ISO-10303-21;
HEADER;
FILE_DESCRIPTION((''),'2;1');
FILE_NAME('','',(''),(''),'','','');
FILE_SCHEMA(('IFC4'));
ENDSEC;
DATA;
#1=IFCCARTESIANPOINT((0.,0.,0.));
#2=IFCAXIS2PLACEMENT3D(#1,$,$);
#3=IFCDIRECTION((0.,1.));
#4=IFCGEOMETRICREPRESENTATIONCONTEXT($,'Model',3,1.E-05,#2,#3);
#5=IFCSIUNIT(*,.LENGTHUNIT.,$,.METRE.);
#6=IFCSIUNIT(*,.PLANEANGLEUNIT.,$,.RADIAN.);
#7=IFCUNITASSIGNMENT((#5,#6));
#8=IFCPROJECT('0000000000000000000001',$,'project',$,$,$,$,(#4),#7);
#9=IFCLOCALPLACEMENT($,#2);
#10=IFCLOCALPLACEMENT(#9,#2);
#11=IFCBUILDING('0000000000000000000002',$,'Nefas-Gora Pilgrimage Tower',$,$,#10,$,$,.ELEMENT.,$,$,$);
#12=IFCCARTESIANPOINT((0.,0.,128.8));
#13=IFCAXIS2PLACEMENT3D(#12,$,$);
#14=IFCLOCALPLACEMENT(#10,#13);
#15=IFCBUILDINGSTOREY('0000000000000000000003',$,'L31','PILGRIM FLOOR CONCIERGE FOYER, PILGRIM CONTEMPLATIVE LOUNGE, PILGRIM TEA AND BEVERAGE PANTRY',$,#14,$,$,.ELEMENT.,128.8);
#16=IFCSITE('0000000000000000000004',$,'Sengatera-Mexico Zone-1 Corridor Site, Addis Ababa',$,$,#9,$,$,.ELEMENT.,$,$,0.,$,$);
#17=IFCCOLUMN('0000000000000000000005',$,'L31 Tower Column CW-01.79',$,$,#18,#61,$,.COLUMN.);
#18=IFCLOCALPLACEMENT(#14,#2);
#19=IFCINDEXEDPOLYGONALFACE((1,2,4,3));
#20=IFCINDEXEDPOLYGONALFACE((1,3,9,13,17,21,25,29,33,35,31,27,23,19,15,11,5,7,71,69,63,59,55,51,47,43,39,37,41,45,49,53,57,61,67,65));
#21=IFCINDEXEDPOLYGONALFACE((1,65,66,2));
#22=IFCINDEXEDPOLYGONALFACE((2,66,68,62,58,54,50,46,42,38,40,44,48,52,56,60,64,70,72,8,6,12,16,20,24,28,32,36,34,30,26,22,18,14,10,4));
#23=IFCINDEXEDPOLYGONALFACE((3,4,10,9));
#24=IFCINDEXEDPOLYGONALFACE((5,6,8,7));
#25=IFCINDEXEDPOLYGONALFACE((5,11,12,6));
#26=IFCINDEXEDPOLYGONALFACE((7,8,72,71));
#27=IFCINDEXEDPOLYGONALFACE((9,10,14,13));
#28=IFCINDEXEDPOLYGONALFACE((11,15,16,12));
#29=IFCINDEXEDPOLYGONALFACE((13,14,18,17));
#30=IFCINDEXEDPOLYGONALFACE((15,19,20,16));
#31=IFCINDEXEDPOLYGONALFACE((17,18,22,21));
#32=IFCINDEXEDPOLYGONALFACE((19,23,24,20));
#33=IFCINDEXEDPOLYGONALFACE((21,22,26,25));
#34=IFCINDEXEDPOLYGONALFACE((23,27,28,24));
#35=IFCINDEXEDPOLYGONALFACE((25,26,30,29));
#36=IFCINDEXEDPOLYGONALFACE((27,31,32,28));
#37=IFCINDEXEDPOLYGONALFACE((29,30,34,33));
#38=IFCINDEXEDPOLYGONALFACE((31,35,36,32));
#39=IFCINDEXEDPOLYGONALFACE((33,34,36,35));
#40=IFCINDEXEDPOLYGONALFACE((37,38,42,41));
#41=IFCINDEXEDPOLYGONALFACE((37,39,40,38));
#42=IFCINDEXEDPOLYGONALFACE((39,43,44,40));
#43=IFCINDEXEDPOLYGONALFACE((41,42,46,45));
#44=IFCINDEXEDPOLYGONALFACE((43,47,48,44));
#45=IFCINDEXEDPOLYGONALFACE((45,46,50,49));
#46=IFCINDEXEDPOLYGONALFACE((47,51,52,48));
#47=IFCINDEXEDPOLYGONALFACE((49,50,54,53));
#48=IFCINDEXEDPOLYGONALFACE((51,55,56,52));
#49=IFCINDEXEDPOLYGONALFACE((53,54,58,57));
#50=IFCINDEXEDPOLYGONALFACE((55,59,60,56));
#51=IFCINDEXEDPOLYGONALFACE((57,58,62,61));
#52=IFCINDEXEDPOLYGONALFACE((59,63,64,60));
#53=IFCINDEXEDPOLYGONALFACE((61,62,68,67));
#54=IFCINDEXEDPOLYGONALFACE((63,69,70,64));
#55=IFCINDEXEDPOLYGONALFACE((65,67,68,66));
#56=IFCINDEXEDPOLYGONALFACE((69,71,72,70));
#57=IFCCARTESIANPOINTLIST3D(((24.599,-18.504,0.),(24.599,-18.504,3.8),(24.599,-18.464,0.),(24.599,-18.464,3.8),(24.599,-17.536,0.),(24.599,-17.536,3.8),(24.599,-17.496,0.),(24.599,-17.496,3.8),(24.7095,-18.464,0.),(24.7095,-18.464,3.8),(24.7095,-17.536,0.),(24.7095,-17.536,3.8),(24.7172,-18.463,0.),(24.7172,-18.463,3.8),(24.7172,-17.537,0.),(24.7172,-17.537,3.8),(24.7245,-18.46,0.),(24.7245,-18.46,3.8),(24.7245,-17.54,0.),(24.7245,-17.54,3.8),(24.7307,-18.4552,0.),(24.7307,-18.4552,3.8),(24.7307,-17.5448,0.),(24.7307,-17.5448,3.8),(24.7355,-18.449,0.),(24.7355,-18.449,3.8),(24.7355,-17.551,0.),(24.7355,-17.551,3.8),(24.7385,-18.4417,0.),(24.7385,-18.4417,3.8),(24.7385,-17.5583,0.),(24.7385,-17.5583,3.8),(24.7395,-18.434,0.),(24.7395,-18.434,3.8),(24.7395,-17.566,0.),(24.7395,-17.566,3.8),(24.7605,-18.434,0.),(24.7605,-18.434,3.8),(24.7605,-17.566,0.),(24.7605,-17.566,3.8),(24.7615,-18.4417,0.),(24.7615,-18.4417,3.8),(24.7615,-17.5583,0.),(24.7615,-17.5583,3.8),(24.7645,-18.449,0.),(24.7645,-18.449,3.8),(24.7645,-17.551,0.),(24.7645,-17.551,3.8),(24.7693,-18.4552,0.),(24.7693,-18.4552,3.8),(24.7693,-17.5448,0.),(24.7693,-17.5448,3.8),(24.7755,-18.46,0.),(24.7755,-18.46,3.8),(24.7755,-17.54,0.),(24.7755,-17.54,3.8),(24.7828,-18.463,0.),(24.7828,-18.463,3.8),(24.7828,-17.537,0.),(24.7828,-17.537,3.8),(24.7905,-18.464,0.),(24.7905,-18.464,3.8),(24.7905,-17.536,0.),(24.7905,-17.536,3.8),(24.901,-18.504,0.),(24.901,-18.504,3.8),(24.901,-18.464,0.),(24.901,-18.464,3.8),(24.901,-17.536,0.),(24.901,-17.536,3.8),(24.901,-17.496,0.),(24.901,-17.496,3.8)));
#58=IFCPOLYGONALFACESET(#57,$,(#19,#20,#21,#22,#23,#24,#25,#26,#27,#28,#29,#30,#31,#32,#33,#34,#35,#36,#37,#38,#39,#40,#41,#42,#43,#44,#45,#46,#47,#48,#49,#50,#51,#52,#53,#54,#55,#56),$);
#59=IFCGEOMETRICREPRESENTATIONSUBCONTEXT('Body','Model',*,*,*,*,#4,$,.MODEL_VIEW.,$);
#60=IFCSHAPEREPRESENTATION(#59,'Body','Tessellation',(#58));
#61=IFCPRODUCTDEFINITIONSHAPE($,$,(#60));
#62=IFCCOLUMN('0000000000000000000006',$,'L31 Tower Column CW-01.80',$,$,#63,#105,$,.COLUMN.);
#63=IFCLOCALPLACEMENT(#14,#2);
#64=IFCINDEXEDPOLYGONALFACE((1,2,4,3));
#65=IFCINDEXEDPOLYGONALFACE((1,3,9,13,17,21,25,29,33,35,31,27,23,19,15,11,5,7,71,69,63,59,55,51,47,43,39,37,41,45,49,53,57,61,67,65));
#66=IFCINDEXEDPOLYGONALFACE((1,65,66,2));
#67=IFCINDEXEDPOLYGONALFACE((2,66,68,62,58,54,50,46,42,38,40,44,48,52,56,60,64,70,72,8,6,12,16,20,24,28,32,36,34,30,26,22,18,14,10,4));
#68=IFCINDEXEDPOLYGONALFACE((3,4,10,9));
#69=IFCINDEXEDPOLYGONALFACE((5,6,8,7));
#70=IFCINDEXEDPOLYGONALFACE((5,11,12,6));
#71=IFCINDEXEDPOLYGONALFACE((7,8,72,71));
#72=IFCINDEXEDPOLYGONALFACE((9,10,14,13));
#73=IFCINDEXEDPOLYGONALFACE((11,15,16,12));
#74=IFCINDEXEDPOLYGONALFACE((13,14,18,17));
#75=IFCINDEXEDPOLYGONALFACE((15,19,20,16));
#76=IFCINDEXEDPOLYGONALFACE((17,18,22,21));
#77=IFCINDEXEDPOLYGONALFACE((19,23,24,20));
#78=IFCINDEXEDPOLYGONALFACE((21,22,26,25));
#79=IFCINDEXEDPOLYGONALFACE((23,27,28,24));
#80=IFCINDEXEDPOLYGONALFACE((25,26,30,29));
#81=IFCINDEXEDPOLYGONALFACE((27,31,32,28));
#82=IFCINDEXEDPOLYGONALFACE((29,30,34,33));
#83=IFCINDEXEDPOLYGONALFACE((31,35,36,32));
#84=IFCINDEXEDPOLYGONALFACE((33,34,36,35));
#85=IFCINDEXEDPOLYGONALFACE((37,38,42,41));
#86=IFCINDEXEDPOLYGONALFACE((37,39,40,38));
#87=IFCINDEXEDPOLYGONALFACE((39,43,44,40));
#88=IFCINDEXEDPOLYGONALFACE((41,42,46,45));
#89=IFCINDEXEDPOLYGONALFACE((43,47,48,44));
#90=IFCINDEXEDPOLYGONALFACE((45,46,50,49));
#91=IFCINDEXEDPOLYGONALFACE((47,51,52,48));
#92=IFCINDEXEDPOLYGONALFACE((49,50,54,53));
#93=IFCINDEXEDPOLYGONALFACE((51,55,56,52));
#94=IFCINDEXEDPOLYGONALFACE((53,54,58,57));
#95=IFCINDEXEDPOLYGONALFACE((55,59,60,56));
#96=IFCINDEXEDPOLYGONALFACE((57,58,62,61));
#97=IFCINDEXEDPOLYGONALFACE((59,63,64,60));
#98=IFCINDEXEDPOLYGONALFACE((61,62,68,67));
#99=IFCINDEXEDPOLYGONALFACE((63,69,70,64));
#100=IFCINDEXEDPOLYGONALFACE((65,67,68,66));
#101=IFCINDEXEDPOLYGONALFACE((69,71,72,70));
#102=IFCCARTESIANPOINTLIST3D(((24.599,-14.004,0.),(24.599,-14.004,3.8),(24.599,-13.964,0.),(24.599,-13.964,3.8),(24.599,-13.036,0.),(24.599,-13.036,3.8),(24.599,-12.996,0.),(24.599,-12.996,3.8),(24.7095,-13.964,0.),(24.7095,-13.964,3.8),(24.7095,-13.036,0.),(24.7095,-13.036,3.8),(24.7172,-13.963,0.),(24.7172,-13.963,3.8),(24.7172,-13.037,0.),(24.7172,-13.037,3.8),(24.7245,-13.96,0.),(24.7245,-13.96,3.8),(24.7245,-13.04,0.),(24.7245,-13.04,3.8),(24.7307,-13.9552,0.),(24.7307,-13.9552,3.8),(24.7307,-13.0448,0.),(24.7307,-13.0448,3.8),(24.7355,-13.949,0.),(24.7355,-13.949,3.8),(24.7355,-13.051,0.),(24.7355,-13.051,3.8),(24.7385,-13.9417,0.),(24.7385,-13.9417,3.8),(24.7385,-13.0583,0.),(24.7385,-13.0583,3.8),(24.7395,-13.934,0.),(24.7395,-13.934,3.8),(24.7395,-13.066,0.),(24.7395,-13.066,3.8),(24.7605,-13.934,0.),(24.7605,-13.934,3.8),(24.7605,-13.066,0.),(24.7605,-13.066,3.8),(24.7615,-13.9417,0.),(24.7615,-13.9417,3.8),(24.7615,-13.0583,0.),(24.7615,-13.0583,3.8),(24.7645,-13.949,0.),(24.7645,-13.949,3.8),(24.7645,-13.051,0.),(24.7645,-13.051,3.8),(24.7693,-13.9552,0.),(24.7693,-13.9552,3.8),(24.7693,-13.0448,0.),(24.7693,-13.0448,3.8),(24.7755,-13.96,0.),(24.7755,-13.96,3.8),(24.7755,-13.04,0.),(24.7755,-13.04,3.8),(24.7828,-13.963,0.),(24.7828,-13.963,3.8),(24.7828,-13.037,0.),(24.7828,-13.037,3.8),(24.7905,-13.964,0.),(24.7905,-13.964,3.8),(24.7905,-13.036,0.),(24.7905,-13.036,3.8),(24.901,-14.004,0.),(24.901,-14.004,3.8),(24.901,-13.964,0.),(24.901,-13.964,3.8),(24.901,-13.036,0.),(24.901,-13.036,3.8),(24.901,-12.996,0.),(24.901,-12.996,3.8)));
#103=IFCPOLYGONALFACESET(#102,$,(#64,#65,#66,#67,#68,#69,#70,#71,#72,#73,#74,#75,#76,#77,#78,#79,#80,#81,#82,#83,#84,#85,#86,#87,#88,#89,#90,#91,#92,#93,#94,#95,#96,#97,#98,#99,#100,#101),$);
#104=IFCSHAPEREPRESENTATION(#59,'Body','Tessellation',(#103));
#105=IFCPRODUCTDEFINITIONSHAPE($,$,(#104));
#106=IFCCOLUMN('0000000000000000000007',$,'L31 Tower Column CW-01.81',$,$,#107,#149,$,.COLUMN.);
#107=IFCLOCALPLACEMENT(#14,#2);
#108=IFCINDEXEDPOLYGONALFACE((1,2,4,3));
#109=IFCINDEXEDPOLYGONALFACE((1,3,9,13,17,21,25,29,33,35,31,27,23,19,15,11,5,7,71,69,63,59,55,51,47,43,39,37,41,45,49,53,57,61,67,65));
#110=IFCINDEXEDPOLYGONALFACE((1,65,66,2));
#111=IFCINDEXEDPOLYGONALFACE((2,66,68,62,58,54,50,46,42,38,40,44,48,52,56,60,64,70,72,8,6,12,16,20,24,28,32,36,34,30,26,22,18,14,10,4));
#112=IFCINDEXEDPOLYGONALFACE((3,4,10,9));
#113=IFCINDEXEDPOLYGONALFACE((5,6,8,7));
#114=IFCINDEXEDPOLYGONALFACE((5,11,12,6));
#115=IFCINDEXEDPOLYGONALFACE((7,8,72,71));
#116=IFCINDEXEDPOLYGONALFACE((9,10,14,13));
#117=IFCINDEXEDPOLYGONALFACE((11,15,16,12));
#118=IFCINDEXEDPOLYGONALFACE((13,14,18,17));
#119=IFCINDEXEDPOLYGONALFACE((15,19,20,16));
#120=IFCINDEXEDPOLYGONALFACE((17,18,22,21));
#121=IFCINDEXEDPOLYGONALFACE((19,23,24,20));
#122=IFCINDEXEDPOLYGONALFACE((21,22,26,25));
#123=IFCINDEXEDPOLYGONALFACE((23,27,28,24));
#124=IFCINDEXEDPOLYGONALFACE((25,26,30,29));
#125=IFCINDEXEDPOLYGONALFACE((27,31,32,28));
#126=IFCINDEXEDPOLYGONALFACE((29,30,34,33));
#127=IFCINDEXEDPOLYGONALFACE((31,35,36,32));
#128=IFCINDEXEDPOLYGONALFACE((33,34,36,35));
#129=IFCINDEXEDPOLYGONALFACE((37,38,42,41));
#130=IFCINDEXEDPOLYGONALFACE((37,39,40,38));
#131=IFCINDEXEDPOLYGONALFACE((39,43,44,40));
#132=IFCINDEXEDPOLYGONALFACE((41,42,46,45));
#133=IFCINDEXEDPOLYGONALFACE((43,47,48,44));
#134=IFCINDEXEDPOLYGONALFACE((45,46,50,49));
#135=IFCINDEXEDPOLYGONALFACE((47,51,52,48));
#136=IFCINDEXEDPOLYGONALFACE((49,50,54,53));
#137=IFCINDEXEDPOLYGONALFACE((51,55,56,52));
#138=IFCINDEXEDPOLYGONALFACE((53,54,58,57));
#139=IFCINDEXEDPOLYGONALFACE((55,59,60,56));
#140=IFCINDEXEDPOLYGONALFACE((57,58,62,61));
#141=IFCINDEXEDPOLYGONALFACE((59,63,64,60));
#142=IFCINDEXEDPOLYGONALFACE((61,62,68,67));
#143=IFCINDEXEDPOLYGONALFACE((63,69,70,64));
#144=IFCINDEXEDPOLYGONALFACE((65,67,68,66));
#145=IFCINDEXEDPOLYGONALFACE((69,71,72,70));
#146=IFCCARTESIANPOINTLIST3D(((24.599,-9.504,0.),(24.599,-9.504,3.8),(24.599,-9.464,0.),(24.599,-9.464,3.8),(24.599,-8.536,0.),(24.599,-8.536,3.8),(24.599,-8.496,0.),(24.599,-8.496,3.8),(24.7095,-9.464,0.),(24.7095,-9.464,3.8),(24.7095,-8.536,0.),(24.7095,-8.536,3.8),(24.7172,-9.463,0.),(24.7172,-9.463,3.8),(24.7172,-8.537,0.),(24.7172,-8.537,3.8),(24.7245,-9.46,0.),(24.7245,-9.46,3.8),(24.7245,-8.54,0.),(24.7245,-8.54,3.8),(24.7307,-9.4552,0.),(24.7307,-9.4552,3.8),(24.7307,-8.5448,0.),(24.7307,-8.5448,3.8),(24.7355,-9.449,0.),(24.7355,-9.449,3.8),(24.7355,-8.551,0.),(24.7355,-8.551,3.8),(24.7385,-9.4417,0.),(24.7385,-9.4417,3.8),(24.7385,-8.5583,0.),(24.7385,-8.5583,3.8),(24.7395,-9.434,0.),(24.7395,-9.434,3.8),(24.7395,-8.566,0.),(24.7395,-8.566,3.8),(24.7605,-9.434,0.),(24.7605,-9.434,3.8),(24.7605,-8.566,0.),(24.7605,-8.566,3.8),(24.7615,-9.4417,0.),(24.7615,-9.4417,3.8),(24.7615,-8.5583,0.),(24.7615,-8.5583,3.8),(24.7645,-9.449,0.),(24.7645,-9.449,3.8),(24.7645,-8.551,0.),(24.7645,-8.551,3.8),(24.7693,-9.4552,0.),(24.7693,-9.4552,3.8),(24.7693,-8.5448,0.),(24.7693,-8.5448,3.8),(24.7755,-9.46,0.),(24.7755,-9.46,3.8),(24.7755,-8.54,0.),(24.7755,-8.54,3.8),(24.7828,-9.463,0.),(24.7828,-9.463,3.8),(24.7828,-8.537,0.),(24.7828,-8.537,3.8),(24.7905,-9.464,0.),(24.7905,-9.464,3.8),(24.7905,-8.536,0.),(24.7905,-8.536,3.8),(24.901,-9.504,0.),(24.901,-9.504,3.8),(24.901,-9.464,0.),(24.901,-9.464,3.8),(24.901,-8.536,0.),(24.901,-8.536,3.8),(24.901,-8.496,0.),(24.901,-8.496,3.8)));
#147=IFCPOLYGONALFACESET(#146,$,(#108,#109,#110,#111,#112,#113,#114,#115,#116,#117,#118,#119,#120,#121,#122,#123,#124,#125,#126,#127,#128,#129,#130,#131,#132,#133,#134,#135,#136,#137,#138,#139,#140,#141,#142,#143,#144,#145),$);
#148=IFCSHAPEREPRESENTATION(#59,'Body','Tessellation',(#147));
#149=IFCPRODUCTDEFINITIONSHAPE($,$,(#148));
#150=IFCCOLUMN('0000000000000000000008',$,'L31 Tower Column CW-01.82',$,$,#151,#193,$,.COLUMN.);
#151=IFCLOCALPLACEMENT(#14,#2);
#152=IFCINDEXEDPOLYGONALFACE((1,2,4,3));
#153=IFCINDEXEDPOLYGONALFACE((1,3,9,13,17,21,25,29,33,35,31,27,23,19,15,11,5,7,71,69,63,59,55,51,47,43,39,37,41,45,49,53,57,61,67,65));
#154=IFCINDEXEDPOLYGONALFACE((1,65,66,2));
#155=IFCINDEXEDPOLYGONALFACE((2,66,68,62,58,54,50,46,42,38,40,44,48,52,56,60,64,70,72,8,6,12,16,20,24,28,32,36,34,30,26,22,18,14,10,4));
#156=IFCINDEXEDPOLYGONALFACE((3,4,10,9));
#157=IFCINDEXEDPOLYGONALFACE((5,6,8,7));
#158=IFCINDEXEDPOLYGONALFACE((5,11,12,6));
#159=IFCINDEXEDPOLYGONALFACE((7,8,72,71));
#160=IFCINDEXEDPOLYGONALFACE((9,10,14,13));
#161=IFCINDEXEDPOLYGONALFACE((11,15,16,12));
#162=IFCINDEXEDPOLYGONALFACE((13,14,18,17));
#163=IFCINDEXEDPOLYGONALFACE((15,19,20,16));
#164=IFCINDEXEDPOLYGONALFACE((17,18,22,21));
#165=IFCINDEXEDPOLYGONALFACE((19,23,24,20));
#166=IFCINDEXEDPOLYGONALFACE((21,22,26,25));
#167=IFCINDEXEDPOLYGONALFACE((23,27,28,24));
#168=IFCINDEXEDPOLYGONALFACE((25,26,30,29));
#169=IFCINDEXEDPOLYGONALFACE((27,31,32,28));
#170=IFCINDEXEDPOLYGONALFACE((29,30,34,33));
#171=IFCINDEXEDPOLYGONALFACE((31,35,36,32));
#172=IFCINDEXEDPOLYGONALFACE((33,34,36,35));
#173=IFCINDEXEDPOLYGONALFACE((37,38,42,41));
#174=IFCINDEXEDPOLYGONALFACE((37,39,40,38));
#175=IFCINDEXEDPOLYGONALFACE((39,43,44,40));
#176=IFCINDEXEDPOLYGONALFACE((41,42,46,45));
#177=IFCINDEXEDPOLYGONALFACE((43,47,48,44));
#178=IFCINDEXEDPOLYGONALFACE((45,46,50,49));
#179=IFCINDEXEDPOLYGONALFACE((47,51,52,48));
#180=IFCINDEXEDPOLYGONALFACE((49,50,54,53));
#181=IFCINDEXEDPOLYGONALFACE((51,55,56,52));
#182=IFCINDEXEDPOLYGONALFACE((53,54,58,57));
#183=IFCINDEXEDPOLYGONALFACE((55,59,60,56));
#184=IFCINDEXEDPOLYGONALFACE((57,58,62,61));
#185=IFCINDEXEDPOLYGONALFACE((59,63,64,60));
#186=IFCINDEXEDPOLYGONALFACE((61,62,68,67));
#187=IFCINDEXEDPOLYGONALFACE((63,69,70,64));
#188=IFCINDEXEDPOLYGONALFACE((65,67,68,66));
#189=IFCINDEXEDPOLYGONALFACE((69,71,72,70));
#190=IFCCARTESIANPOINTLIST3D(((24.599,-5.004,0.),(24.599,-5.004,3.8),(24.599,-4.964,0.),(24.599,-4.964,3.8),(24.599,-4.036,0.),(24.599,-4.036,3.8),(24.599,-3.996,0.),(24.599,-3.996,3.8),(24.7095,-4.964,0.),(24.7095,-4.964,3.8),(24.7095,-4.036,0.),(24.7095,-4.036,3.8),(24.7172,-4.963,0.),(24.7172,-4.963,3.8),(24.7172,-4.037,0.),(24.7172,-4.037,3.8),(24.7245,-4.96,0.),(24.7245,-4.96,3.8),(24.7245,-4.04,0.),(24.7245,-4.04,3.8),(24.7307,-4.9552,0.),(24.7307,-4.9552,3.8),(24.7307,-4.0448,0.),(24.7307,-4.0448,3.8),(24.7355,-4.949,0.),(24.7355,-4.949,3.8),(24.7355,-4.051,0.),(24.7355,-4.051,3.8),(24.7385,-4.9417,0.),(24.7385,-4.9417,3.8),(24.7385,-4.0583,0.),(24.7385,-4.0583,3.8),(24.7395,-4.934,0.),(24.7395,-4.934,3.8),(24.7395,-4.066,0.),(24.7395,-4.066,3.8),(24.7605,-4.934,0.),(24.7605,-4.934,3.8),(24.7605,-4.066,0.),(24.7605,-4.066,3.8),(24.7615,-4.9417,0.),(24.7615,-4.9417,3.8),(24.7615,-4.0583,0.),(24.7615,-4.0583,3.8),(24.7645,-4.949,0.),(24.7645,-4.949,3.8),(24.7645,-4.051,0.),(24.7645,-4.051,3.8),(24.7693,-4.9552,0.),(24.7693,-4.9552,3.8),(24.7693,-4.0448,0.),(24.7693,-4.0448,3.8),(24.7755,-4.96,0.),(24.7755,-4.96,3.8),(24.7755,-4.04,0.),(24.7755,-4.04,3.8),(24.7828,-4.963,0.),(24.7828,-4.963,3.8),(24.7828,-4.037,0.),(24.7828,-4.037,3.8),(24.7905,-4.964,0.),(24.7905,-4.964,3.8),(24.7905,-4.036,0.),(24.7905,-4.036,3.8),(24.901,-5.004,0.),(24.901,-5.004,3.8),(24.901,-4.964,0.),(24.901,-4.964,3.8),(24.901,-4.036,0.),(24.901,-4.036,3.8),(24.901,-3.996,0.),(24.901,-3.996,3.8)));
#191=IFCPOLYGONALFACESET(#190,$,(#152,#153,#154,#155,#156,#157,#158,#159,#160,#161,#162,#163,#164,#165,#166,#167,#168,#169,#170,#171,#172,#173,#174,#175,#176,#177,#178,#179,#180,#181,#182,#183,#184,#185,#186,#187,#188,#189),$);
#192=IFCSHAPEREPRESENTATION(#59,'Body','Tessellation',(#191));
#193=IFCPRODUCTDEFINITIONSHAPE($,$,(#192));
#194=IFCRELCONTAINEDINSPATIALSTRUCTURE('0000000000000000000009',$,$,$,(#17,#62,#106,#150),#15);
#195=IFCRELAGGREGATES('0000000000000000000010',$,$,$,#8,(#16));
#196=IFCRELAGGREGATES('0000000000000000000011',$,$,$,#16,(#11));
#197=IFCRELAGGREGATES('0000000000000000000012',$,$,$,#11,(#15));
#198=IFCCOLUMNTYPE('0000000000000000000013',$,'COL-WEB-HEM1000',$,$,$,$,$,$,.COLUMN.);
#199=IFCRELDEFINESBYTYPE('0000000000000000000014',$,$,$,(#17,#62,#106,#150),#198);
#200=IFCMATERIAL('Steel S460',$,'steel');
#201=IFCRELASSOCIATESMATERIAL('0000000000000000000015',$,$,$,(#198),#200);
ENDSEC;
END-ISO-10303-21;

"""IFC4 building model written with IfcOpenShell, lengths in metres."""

from ifc_helpers import new_model, si_unit, direction, frame, origin, origin_2d, place, context, subcontext, project, spatial, i_section, extrude, source, transform, mapped, material, material_profile, profile_set, type_object, element, save


model = new_model("IFC4")

# Units and contexts
model_context = context("Model", 3, precision=1e-05, world=origin(), true_north=direction((0.0, 1.0)))
body_context = subcontext(model_context, "Body", "Model", "MODEL_VIEW")
ifc_project = project(units=[si_unit("LENGTHUNIT", "METRE"), si_unit("PLANEANGLEUNIT", "RADIAN")], contexts=[model_context])

# Site, building, storey
site_placement = place(None, origin())
site = spatial("IfcSite", under=ifc_project, at=site_placement, Name="Sengatera-Mexico Zone-1 Corridor Site, Addis Ababa", CompositionType="ELEMENT", RefElevation=0.0)
building_placement = place(site_placement, origin())
building = spatial("IfcBuilding", under=site, at=building_placement, Name="Nefas-Gora Pilgrimage Tower", CompositionType="ELEMENT")
storey_placement = place(building_placement, frame((0.0, 0.0, 128.8)))
storey = spatial("IfcBuildingStorey", under=building, at=storey_placement, Name="L31", Description="PILGRIM FLOOR CONCIERGE FOYER, PILGRIM CONTEMPLATIVE LOUNGE, PILGRIM TEA AND BEVERAGE PANTRY", CompositionType="ELEMENT", Elevation=128.8)

# Columns
ifc_material_1 = material(Name="Steel S460", Category="steel")
ifc_material_profile_1 = material_profile(ifc_material_1, i_section(OverallWidth=0.302, OverallDepth=1.0081, WebThickness=0.021, FlangeThickness=0.04, FilletRadius=0.03, at=origin_2d()), Name="HEM 1000")
ifc_profile_set_1 = profile_set([ifc_material_profile_1], Name="Steel S460")
column_type_1 = type_object("IfcColumnType", Name="COL-WEB-HEM1000", PredefinedType="COLUMN", material=ifc_profile_set_1)
shared_shape_1 = source(origin(), body_context, "Body", "SweptSolid", [
    extrude(i_section(OverallWidth=0.302, OverallDepth=1.0081, WebThickness=0.021, FlangeThickness=0.04, FilletRadius=0.03, at=origin_2d()), origin(), (0.0, 0.0, 1.0), 3.8),
])
for number, where, z_axis, x_axis, name in (
    (1, (24.75, -18.0, 0.0), (0.0, 0.0, 1.0), (1.0, 0.0, 0.0), "L31 Tower Column CW-01.79"),
    (2, (24.75, -13.5, 0.0), (0.0, 0.0, 1.0), (1.0, 0.0, 0.0), "L31 Tower Column CW-01.80"),
    (3, (24.75, -9.0, 0.0), (0.0, 0.0, 1.0), (1.0, 0.0, 0.0), "L31 Tower Column CW-01.81"),
    (4, (24.75, -4.5, 0.0), (0.0, 0.0, 1.0), (1.0, 0.0, 0.0), "L31 Tower Column CW-01.82"),
):
    element("IfcColumn", number, at=place(storey_placement, frame(where, z_axis=z_axis, x_axis=x_axis)), inside=storey, type_object=column_type_1, Name=name, PredefinedType="COLUMN", context=body_context, shape_type="MappedRepresentation", body=[
        mapped(shared_shape_1, transform((0.0, 0.0, 0.0), x_axis=(1.0, 0.0, 0.0), y_axis=(0.0, 1.0, 0.0), z_axis=(0.0, 0.0, 1.0), scale=1.0)),
    ])

save(model, "model.ifc")
